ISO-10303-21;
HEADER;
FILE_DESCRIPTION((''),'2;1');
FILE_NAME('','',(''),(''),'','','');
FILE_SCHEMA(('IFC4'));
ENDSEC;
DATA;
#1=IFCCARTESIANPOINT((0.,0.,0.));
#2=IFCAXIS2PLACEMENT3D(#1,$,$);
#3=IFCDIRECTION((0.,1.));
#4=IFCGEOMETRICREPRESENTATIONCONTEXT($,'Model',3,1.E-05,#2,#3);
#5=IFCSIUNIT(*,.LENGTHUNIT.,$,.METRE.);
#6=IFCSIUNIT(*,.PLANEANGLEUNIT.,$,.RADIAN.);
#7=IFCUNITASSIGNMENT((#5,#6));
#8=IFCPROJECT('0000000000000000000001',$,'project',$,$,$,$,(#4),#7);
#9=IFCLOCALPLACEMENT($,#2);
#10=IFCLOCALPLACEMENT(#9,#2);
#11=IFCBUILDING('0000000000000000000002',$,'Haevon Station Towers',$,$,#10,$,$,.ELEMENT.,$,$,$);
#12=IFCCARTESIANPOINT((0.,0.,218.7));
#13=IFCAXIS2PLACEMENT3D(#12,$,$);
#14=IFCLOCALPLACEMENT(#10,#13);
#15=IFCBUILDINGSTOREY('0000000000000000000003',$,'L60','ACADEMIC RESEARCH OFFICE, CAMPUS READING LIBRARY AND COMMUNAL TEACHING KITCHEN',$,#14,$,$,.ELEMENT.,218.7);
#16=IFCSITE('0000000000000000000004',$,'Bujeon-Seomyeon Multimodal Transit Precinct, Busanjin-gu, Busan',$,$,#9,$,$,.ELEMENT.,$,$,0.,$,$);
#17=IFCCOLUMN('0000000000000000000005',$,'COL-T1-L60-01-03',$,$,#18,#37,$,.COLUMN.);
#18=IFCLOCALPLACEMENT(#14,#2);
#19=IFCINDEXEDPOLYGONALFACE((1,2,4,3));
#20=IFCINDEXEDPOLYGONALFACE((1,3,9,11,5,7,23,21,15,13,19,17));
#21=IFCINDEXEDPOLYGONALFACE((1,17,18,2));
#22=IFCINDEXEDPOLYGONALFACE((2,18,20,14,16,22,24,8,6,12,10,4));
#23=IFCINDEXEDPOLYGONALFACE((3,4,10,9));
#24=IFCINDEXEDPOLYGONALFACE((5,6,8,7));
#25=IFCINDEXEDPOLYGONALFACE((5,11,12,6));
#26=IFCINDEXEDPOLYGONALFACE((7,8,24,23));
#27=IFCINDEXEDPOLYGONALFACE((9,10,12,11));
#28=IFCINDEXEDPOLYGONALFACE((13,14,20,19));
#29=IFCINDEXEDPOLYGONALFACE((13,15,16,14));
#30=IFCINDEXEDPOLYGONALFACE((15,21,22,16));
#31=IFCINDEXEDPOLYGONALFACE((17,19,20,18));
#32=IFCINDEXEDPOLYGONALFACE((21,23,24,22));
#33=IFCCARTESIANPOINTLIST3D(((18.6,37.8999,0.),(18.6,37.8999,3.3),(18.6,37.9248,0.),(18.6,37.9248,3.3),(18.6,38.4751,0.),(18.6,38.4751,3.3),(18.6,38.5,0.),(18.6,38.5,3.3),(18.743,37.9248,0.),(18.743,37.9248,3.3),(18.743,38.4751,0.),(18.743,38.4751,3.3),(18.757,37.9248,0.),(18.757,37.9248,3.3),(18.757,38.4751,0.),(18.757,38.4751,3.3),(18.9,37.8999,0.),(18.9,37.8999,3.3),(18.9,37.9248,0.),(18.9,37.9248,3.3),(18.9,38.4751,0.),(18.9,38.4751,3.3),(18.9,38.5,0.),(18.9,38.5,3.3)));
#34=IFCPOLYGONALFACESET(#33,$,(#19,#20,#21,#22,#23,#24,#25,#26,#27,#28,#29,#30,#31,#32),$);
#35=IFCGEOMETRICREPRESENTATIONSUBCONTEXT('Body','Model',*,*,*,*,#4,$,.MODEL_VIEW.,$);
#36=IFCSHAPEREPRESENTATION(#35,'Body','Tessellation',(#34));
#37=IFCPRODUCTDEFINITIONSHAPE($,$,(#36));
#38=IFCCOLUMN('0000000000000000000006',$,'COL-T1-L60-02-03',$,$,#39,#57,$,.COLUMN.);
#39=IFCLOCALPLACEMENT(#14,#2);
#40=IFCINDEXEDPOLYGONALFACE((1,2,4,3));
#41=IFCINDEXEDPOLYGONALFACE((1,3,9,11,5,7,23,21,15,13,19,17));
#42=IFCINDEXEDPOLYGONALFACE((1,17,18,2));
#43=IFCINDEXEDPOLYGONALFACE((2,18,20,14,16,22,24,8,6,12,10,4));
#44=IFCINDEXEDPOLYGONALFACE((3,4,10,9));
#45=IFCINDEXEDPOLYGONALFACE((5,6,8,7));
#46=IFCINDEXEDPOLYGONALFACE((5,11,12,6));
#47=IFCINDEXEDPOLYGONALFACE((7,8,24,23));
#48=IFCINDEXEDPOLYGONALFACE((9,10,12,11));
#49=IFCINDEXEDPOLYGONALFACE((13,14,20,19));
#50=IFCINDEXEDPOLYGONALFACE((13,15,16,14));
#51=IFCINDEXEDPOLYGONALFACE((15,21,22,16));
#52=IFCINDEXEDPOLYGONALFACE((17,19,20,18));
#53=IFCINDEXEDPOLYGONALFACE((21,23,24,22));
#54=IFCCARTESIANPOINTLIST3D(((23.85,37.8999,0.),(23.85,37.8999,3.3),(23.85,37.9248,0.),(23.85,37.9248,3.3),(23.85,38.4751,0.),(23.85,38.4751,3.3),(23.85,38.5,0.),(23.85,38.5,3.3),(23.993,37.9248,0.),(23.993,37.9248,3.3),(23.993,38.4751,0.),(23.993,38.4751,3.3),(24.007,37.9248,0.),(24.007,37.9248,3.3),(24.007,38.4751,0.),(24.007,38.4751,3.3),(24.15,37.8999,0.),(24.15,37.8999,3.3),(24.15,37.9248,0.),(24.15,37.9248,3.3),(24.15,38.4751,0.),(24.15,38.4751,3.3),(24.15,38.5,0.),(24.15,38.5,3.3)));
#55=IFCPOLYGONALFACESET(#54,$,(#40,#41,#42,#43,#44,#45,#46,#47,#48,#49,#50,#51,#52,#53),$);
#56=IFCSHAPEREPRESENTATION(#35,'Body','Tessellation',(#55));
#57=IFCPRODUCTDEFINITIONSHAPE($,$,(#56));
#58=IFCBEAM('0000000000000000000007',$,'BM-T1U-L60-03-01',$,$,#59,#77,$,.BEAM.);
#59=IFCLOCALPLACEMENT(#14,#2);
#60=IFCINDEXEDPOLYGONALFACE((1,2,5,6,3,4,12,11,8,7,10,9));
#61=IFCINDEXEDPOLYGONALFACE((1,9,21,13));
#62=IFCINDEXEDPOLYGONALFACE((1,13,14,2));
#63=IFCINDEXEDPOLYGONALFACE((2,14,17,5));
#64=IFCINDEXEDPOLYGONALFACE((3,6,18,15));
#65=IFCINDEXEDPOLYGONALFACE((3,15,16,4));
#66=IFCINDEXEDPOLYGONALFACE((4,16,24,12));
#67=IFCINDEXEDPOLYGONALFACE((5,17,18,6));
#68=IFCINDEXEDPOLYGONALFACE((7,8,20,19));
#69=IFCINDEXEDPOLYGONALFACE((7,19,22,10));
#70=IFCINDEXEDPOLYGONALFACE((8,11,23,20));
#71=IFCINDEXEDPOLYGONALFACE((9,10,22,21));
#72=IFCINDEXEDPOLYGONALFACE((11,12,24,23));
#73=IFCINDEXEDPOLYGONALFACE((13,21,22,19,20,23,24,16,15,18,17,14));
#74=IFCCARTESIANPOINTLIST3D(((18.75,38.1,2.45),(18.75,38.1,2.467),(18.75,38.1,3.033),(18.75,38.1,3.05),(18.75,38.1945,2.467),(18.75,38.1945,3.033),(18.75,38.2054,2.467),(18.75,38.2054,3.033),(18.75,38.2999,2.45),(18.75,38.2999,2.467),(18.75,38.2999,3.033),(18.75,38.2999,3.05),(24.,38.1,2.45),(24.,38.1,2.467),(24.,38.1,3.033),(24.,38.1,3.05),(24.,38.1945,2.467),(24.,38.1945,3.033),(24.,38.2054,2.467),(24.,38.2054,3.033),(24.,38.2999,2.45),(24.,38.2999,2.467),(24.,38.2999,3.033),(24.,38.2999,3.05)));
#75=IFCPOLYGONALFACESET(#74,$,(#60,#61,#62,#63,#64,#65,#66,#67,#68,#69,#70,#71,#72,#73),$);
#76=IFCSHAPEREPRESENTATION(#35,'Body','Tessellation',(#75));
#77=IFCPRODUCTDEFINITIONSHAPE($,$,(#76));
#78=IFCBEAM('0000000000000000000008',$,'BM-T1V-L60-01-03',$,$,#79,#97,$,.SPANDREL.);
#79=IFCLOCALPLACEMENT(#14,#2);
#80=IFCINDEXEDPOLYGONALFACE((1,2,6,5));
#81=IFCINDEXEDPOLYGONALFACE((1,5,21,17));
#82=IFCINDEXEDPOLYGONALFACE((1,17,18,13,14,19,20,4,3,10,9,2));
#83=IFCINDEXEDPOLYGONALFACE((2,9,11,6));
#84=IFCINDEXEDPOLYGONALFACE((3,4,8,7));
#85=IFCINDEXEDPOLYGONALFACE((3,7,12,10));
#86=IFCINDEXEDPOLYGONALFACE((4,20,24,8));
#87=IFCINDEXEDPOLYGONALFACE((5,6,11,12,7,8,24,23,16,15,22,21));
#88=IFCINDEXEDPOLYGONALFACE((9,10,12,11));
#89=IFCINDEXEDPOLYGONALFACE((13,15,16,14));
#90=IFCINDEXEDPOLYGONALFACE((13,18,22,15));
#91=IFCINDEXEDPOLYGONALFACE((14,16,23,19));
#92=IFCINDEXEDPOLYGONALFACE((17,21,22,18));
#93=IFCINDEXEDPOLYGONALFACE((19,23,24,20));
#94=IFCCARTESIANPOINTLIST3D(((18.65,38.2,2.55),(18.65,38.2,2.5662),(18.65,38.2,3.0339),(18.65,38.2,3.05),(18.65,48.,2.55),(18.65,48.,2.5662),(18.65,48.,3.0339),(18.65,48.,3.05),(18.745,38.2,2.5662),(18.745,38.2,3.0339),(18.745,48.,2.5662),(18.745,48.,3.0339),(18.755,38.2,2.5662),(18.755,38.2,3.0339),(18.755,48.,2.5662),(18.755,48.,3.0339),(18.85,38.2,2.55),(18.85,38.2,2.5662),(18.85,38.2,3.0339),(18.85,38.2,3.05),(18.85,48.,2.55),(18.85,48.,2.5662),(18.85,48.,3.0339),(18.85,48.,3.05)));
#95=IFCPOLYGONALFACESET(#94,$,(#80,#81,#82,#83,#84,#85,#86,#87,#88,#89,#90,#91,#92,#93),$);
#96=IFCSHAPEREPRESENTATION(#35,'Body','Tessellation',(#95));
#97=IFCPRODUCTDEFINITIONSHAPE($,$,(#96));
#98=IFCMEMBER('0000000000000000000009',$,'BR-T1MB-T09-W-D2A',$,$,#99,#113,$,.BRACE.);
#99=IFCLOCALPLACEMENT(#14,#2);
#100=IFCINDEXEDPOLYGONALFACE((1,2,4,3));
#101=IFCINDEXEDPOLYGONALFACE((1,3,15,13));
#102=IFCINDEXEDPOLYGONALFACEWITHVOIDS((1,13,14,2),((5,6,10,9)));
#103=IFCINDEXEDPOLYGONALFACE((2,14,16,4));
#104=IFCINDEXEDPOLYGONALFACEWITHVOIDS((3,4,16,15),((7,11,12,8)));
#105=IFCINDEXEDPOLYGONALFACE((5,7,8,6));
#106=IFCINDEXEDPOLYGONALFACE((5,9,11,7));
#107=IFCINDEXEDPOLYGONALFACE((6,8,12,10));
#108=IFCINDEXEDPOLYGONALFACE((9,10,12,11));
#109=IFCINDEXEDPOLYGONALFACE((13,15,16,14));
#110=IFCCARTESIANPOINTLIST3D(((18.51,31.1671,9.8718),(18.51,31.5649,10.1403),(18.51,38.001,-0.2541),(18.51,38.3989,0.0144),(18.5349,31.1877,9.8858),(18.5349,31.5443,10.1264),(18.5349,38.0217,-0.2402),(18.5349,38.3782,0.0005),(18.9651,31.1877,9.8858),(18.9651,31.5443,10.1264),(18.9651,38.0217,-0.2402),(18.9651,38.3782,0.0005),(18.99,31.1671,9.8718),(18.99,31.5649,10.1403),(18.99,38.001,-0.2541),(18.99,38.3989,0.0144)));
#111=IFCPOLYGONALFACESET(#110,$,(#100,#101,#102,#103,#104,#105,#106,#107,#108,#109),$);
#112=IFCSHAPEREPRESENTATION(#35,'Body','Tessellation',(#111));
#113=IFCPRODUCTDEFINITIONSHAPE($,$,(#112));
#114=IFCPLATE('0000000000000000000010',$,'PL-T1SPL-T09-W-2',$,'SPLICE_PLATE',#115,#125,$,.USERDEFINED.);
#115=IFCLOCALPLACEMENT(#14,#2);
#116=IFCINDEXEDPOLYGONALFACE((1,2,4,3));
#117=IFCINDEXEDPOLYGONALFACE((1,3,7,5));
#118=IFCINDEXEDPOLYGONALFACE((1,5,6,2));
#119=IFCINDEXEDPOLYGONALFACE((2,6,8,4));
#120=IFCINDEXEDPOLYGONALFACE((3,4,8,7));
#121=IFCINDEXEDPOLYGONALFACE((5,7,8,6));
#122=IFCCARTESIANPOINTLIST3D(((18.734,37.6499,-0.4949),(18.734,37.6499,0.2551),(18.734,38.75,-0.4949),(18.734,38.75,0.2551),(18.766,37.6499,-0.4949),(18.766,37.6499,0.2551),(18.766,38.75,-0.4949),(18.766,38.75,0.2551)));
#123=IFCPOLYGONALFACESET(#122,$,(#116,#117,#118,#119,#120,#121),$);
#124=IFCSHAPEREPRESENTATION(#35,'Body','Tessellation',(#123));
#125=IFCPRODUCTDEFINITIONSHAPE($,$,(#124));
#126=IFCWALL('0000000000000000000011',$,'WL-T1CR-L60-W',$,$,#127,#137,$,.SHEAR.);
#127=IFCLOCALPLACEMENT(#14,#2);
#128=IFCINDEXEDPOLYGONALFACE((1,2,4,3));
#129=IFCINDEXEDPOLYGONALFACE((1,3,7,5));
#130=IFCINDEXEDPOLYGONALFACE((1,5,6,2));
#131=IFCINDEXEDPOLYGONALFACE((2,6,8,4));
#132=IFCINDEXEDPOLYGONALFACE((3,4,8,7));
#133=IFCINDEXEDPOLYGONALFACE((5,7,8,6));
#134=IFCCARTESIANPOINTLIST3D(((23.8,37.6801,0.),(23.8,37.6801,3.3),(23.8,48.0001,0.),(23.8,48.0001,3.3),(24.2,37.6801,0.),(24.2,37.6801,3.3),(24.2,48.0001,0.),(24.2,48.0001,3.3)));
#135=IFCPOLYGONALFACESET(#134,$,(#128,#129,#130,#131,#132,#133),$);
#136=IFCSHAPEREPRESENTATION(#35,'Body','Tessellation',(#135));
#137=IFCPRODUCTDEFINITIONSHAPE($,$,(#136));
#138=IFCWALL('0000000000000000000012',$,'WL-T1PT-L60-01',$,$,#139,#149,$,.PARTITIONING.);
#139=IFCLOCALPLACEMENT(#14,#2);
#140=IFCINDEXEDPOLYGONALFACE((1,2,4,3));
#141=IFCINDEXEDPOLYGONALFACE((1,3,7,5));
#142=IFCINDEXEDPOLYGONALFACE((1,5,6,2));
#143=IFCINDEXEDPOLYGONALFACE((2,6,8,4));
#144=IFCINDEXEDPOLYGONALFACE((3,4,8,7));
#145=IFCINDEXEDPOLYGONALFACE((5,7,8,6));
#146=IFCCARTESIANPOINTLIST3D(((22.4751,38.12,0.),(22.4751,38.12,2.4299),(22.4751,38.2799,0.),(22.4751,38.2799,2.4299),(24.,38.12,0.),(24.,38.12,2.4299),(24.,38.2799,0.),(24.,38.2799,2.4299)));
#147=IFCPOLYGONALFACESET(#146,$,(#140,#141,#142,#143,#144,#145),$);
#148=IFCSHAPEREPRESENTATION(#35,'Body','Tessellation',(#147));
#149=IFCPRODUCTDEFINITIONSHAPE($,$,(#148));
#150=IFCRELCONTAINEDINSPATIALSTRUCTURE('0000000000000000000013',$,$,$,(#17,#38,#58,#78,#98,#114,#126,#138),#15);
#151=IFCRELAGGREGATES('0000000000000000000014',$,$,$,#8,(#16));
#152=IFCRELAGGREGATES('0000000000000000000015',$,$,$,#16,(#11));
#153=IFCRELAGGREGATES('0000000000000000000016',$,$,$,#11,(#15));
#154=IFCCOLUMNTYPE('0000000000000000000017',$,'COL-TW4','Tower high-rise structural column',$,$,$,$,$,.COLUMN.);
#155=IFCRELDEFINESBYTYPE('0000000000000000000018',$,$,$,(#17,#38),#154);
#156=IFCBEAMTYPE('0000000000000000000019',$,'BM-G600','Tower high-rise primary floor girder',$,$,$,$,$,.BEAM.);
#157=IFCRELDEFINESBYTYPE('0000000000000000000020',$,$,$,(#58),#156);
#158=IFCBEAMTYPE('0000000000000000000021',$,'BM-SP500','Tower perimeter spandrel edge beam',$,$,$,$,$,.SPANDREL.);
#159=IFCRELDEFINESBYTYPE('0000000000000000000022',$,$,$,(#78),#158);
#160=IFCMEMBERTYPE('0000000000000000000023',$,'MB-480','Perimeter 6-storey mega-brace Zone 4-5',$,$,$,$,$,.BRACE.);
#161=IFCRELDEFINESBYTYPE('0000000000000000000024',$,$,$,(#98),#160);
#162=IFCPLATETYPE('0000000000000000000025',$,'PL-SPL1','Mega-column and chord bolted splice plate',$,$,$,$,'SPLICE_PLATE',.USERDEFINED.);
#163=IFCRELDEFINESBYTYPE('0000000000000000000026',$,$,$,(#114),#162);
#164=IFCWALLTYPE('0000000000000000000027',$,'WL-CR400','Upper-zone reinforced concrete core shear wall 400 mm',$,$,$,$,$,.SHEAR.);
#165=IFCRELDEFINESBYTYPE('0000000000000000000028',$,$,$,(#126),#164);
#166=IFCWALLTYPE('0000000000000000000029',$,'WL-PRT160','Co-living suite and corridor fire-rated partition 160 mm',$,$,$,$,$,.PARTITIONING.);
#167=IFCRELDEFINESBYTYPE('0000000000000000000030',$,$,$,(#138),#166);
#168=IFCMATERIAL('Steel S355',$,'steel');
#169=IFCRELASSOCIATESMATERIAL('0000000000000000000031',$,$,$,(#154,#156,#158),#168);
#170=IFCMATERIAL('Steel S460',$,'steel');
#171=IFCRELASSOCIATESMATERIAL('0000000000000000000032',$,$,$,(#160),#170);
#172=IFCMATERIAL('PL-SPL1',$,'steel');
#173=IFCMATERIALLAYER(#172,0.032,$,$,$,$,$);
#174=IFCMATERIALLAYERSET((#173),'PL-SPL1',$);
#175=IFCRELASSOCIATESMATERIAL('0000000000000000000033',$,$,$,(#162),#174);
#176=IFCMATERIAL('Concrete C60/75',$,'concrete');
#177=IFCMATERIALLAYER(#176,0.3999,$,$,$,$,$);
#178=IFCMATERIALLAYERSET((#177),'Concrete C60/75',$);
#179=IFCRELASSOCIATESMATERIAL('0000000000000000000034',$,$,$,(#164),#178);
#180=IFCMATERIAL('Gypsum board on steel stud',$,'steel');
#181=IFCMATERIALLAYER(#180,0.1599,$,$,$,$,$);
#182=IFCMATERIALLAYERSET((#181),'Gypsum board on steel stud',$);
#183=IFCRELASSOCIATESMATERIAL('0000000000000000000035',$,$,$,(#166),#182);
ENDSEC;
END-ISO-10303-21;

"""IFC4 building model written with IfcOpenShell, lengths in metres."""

from ifc_helpers import new_model, si_unit, direction, frame, frame_2d, origin, origin_2d, place, context, subcontext, project, spatial, rectangle, hollow_rectangle, i_section, extrude, material, layer, layer_set, material_profile, profile_set, type_object, element, save


model = new_model("IFC4")

# Units and contexts
model_context = context("Model", 3, precision=1e-05, world=origin(), true_north=direction((0.0, 1.0)))
body_context = subcontext(model_context, "Body", "Model", "MODEL_VIEW")
ifc_project = project(units=[si_unit("LENGTHUNIT", "METRE"), si_unit("PLANEANGLEUNIT", "RADIAN")], contexts=[model_context])

# Site, building, storey
site_placement = place(None, origin())
site = spatial("IfcSite", under=ifc_project, at=site_placement, Name="Bujeon-Seomyeon Multimodal Transit Precinct, Busanjin-gu, Busan", CompositionType="ELEMENT", RefElevation=0.0)
building_placement = place(site_placement, origin())
building = spatial("IfcBuilding", under=site, at=building_placement, Name="Haevon Station Towers", CompositionType="ELEMENT")
storey_placement = place(building_placement, frame((0.0, 0.0, 218.7)))
storey = spatial("IfcBuildingStorey", under=building, at=storey_placement, Name="L60", Description="ACADEMIC RESEARCH OFFICE, CAMPUS READING LIBRARY AND COMMUNAL TEACHING KITCHEN", CompositionType="ELEMENT", Elevation=218.7)

# Columns
ifc_material_1 = material(Name="Steel S355", Category="steel")
ifc_material_profile_1 = material_profile(ifc_material_1, i_section(OverallWidth=0.3, OverallDepth=0.6001, WebThickness=0.0139, FlangeThickness=0.0249, at=origin_2d()), Name="H-600x300x14x25")
ifc_profile_set_1 = profile_set([ifc_material_profile_1], Name="Steel S355")
column_type = type_object("IfcColumnType", Name="COL-TW4", Description="Tower high-rise structural column", PredefinedType="COLUMN", material=ifc_profile_set_1)
for number, where, z_axis, x_axis, name in (
    (1, (18.75, 38.2, 0.0), (0.0, 0.0, 1.0), (1.0, 0.0, 0.0), "COL-T1-L60-01-03"),
    (2, (24.0, 38.2, 0.0), (0.0, 0.0, 1.0), (1.0, 0.0, 0.0), "COL-T1-L60-02-03"),
):
    element("IfcColumn", number, at=place(storey_placement, frame(where, z_axis=z_axis, x_axis=x_axis)), inside=storey, type_object=column_type, Name=name, PredefinedType="COLUMN", context=body_context, shape_type="SweptSolid", body=[
        extrude(i_section(OverallWidth=0.3, OverallDepth=0.6001, WebThickness=0.0139, FlangeThickness=0.0249, at=origin_2d()), origin(), (0.0, 0.0, 1.0), 3.3),
    ])

# Beams
ifc_material_profile_2 = material_profile(ifc_material_1, i_section(OverallWidth=0.2, OverallDepth=0.6001, WebThickness=0.011, FlangeThickness=0.0171, at=origin_2d()), Name="H-600x200x11x17")
ifc_profile_set_2 = profile_set([ifc_material_profile_2], Name="Steel S355")
beam_type_1 = type_object("IfcBeamType", Name="BM-G600", Description="Tower high-rise primary floor girder", PredefinedType="BEAM", material=ifc_profile_set_2)
beam_1_placement = place(storey_placement, frame((18.75, 38.2, 2.75), z_axis=(1.0, 0.0, 0.0), x_axis=(0.0, 1.0, 0.0)))
element("IfcBeam", 3, at=beam_1_placement, inside=storey, type_object=beam_type_1, Name="BM-T1U-L60-03-01", PredefinedType="BEAM", context=body_context, shape_type="SweptSolid", body=[
    extrude(i_section(OverallWidth=0.2, OverallDepth=0.6001, WebThickness=0.011, FlangeThickness=0.0171, at=origin_2d()), origin(), (0.0, 0.0, 1.0), 5.25),
])
ifc_material_profile_3 = material_profile(ifc_material_1, i_section(OverallWidth=0.2, OverallDepth=0.5, WebThickness=0.01, FlangeThickness=0.0161, at=origin_2d()), Name="H-500x200x10x16")
ifc_profile_set_3 = profile_set([ifc_material_profile_3], Name="Steel S355")
beam_type_2 = type_object("IfcBeamType", Name="BM-SP500", Description="Tower perimeter spandrel edge beam", PredefinedType="SPANDREL", material=ifc_profile_set_3)
beam_2_placement = place(storey_placement, frame((18.75, 38.2, 2.8), z_axis=(0.0, 1.0, 0.0), x_axis=(-1.0, 0.0, 0.0)))
element("IfcBeam", 4, at=beam_2_placement, inside=storey, type_object=beam_type_2, Name="BM-T1V-L60-01-03", PredefinedType="SPANDREL", context=body_context, shape_type="SweptSolid", body=[
    extrude(i_section(OverallWidth=0.2, OverallDepth=0.5, WebThickness=0.01, FlangeThickness=0.0161, at=origin_2d()), origin(), (0.0, 0.0, 1.0), 9.8),
])

# Member
ifc_material_2 = material(Name="Steel S460", Category="steel")
ifc_material_profile_4 = material_profile(ifc_material_2, hollow_rectangle(XDim=0.48, YDim=0.48, WallThickness=0.0249, at=origin_2d()), Name="RHS-480x480x25")
ifc_profile_set_4 = profile_set([ifc_material_profile_4], Name="Steel S460")
member_type = type_object("IfcMemberType", Name="MB-480", Description="Perimeter 6-storey mega-brace Zone 4-5", PredefinedType="BRACE", material=ifc_profile_set_4)
member_placement = place(storey_placement, frame((18.75, 38.2, -0.1199), z_axis=(0.0, -0.559414, 0.828889), x_axis=(1.0, 0.0, 0.0)))
element("IfcMember", 5, at=member_placement, inside=storey, type_object=member_type, Name="BR-T1MB-T09-W-D2A", PredefinedType="BRACE", context=body_context, shape_type="SweptSolid", body=[
    extrude(hollow_rectangle(XDim=0.48, YDim=0.48, WallThickness=0.0249, at=origin_2d()), origin(), (0.0, 0.0, 1.0), 12.2163),
])

# Plate
ifc_material_3 = material(Name="PL-SPL1", Category="steel")
ifc_layer_1 = layer(ifc_material_3, 0.032)
ifc_layer_set_1 = layer_set([ifc_layer_1], Name="PL-SPL1")
plate_type = type_object("IfcPlateType", Name="PL-SPL1", Description="Mega-column and chord bolted splice plate", ElementType="SPLICE_PLATE", PredefinedType="USERDEFINED", material=ifc_layer_set_1)
plate_placement = place(storey_placement, frame((18.75, 38.2, -0.4949), z_axis=(0.0, 0.0, 1.0), x_axis=(0.0, 1.0, 0.0)))
element("IfcPlate", 6, at=plate_placement, inside=storey, type_object=plate_type, Name="PL-T1SPL-T09-W-2", ObjectType="SPLICE_PLATE", PredefinedType="USERDEFINED", context=body_context, shape_type="SweptSolid", body=[
    extrude(rectangle(XDim=1.1001, YDim=0.032, at=origin_2d()), origin(), (0.0, 0.0, 1.0), 0.75),
])

# Walls
ifc_material_4 = material(Name="Concrete C60/75", Category="concrete")
ifc_layer_2 = layer(ifc_material_4, 0.3999)
ifc_layer_set_2 = layer_set([ifc_layer_2], Name="Concrete C60/75")
wall_type_1 = type_object("IfcWallType", Name="WL-CR400", Description="Upper-zone reinforced concrete core shear wall 400 mm", PredefinedType="SHEAR", material=ifc_layer_set_2)
wall_1_placement = place(storey_placement, frame((24.0, 37.6799, 0.0), z_axis=(0.0, 0.0, 1.0), x_axis=(0.0, 1.0, 0.0)))
element("IfcWall", 7, at=wall_1_placement, inside=storey, type_object=wall_type_1, Name="WL-T1CR-L60-W", PredefinedType="SHEAR", context=body_context, shape_type="SweptSolid", body=[
    extrude(rectangle(XDim=10.3201, YDim=0.3999, at=frame_2d((5.1602, 0.0))), origin(), (0.0, 0.0, 1.0), 3.3),
])
ifc_material_5 = material(Name="Gypsum board on steel stud", Category="steel")
ifc_layer_3 = layer(ifc_material_5, 0.1599)
ifc_layer_set_3 = layer_set([ifc_layer_3], Name="Gypsum board on steel stud")
wall_type_2 = type_object("IfcWallType", Name="WL-PRT160", Description="Co-living suite and corridor fire-rated partition 160 mm", PredefinedType="PARTITIONING", material=ifc_layer_set_3)
wall_2_placement = place(storey_placement, frame((22.4751, 38.2, 0.0), z_axis=(0.0, 0.0, 1.0), x_axis=(1.0, 0.0, 0.0)))
element("IfcWall", 8, at=wall_2_placement, inside=storey, type_object=wall_type_2, Name="WL-T1PT-L60-01", PredefinedType="PARTITIONING", context=body_context, shape_type="SweptSolid", body=[
    extrude(rectangle(XDim=1.5249, YDim=0.1599, at=frame_2d((0.7625, 0.0))), origin(), (0.0, 0.0, 1.0), 2.4299),
])

save(model, "model.ifc")
